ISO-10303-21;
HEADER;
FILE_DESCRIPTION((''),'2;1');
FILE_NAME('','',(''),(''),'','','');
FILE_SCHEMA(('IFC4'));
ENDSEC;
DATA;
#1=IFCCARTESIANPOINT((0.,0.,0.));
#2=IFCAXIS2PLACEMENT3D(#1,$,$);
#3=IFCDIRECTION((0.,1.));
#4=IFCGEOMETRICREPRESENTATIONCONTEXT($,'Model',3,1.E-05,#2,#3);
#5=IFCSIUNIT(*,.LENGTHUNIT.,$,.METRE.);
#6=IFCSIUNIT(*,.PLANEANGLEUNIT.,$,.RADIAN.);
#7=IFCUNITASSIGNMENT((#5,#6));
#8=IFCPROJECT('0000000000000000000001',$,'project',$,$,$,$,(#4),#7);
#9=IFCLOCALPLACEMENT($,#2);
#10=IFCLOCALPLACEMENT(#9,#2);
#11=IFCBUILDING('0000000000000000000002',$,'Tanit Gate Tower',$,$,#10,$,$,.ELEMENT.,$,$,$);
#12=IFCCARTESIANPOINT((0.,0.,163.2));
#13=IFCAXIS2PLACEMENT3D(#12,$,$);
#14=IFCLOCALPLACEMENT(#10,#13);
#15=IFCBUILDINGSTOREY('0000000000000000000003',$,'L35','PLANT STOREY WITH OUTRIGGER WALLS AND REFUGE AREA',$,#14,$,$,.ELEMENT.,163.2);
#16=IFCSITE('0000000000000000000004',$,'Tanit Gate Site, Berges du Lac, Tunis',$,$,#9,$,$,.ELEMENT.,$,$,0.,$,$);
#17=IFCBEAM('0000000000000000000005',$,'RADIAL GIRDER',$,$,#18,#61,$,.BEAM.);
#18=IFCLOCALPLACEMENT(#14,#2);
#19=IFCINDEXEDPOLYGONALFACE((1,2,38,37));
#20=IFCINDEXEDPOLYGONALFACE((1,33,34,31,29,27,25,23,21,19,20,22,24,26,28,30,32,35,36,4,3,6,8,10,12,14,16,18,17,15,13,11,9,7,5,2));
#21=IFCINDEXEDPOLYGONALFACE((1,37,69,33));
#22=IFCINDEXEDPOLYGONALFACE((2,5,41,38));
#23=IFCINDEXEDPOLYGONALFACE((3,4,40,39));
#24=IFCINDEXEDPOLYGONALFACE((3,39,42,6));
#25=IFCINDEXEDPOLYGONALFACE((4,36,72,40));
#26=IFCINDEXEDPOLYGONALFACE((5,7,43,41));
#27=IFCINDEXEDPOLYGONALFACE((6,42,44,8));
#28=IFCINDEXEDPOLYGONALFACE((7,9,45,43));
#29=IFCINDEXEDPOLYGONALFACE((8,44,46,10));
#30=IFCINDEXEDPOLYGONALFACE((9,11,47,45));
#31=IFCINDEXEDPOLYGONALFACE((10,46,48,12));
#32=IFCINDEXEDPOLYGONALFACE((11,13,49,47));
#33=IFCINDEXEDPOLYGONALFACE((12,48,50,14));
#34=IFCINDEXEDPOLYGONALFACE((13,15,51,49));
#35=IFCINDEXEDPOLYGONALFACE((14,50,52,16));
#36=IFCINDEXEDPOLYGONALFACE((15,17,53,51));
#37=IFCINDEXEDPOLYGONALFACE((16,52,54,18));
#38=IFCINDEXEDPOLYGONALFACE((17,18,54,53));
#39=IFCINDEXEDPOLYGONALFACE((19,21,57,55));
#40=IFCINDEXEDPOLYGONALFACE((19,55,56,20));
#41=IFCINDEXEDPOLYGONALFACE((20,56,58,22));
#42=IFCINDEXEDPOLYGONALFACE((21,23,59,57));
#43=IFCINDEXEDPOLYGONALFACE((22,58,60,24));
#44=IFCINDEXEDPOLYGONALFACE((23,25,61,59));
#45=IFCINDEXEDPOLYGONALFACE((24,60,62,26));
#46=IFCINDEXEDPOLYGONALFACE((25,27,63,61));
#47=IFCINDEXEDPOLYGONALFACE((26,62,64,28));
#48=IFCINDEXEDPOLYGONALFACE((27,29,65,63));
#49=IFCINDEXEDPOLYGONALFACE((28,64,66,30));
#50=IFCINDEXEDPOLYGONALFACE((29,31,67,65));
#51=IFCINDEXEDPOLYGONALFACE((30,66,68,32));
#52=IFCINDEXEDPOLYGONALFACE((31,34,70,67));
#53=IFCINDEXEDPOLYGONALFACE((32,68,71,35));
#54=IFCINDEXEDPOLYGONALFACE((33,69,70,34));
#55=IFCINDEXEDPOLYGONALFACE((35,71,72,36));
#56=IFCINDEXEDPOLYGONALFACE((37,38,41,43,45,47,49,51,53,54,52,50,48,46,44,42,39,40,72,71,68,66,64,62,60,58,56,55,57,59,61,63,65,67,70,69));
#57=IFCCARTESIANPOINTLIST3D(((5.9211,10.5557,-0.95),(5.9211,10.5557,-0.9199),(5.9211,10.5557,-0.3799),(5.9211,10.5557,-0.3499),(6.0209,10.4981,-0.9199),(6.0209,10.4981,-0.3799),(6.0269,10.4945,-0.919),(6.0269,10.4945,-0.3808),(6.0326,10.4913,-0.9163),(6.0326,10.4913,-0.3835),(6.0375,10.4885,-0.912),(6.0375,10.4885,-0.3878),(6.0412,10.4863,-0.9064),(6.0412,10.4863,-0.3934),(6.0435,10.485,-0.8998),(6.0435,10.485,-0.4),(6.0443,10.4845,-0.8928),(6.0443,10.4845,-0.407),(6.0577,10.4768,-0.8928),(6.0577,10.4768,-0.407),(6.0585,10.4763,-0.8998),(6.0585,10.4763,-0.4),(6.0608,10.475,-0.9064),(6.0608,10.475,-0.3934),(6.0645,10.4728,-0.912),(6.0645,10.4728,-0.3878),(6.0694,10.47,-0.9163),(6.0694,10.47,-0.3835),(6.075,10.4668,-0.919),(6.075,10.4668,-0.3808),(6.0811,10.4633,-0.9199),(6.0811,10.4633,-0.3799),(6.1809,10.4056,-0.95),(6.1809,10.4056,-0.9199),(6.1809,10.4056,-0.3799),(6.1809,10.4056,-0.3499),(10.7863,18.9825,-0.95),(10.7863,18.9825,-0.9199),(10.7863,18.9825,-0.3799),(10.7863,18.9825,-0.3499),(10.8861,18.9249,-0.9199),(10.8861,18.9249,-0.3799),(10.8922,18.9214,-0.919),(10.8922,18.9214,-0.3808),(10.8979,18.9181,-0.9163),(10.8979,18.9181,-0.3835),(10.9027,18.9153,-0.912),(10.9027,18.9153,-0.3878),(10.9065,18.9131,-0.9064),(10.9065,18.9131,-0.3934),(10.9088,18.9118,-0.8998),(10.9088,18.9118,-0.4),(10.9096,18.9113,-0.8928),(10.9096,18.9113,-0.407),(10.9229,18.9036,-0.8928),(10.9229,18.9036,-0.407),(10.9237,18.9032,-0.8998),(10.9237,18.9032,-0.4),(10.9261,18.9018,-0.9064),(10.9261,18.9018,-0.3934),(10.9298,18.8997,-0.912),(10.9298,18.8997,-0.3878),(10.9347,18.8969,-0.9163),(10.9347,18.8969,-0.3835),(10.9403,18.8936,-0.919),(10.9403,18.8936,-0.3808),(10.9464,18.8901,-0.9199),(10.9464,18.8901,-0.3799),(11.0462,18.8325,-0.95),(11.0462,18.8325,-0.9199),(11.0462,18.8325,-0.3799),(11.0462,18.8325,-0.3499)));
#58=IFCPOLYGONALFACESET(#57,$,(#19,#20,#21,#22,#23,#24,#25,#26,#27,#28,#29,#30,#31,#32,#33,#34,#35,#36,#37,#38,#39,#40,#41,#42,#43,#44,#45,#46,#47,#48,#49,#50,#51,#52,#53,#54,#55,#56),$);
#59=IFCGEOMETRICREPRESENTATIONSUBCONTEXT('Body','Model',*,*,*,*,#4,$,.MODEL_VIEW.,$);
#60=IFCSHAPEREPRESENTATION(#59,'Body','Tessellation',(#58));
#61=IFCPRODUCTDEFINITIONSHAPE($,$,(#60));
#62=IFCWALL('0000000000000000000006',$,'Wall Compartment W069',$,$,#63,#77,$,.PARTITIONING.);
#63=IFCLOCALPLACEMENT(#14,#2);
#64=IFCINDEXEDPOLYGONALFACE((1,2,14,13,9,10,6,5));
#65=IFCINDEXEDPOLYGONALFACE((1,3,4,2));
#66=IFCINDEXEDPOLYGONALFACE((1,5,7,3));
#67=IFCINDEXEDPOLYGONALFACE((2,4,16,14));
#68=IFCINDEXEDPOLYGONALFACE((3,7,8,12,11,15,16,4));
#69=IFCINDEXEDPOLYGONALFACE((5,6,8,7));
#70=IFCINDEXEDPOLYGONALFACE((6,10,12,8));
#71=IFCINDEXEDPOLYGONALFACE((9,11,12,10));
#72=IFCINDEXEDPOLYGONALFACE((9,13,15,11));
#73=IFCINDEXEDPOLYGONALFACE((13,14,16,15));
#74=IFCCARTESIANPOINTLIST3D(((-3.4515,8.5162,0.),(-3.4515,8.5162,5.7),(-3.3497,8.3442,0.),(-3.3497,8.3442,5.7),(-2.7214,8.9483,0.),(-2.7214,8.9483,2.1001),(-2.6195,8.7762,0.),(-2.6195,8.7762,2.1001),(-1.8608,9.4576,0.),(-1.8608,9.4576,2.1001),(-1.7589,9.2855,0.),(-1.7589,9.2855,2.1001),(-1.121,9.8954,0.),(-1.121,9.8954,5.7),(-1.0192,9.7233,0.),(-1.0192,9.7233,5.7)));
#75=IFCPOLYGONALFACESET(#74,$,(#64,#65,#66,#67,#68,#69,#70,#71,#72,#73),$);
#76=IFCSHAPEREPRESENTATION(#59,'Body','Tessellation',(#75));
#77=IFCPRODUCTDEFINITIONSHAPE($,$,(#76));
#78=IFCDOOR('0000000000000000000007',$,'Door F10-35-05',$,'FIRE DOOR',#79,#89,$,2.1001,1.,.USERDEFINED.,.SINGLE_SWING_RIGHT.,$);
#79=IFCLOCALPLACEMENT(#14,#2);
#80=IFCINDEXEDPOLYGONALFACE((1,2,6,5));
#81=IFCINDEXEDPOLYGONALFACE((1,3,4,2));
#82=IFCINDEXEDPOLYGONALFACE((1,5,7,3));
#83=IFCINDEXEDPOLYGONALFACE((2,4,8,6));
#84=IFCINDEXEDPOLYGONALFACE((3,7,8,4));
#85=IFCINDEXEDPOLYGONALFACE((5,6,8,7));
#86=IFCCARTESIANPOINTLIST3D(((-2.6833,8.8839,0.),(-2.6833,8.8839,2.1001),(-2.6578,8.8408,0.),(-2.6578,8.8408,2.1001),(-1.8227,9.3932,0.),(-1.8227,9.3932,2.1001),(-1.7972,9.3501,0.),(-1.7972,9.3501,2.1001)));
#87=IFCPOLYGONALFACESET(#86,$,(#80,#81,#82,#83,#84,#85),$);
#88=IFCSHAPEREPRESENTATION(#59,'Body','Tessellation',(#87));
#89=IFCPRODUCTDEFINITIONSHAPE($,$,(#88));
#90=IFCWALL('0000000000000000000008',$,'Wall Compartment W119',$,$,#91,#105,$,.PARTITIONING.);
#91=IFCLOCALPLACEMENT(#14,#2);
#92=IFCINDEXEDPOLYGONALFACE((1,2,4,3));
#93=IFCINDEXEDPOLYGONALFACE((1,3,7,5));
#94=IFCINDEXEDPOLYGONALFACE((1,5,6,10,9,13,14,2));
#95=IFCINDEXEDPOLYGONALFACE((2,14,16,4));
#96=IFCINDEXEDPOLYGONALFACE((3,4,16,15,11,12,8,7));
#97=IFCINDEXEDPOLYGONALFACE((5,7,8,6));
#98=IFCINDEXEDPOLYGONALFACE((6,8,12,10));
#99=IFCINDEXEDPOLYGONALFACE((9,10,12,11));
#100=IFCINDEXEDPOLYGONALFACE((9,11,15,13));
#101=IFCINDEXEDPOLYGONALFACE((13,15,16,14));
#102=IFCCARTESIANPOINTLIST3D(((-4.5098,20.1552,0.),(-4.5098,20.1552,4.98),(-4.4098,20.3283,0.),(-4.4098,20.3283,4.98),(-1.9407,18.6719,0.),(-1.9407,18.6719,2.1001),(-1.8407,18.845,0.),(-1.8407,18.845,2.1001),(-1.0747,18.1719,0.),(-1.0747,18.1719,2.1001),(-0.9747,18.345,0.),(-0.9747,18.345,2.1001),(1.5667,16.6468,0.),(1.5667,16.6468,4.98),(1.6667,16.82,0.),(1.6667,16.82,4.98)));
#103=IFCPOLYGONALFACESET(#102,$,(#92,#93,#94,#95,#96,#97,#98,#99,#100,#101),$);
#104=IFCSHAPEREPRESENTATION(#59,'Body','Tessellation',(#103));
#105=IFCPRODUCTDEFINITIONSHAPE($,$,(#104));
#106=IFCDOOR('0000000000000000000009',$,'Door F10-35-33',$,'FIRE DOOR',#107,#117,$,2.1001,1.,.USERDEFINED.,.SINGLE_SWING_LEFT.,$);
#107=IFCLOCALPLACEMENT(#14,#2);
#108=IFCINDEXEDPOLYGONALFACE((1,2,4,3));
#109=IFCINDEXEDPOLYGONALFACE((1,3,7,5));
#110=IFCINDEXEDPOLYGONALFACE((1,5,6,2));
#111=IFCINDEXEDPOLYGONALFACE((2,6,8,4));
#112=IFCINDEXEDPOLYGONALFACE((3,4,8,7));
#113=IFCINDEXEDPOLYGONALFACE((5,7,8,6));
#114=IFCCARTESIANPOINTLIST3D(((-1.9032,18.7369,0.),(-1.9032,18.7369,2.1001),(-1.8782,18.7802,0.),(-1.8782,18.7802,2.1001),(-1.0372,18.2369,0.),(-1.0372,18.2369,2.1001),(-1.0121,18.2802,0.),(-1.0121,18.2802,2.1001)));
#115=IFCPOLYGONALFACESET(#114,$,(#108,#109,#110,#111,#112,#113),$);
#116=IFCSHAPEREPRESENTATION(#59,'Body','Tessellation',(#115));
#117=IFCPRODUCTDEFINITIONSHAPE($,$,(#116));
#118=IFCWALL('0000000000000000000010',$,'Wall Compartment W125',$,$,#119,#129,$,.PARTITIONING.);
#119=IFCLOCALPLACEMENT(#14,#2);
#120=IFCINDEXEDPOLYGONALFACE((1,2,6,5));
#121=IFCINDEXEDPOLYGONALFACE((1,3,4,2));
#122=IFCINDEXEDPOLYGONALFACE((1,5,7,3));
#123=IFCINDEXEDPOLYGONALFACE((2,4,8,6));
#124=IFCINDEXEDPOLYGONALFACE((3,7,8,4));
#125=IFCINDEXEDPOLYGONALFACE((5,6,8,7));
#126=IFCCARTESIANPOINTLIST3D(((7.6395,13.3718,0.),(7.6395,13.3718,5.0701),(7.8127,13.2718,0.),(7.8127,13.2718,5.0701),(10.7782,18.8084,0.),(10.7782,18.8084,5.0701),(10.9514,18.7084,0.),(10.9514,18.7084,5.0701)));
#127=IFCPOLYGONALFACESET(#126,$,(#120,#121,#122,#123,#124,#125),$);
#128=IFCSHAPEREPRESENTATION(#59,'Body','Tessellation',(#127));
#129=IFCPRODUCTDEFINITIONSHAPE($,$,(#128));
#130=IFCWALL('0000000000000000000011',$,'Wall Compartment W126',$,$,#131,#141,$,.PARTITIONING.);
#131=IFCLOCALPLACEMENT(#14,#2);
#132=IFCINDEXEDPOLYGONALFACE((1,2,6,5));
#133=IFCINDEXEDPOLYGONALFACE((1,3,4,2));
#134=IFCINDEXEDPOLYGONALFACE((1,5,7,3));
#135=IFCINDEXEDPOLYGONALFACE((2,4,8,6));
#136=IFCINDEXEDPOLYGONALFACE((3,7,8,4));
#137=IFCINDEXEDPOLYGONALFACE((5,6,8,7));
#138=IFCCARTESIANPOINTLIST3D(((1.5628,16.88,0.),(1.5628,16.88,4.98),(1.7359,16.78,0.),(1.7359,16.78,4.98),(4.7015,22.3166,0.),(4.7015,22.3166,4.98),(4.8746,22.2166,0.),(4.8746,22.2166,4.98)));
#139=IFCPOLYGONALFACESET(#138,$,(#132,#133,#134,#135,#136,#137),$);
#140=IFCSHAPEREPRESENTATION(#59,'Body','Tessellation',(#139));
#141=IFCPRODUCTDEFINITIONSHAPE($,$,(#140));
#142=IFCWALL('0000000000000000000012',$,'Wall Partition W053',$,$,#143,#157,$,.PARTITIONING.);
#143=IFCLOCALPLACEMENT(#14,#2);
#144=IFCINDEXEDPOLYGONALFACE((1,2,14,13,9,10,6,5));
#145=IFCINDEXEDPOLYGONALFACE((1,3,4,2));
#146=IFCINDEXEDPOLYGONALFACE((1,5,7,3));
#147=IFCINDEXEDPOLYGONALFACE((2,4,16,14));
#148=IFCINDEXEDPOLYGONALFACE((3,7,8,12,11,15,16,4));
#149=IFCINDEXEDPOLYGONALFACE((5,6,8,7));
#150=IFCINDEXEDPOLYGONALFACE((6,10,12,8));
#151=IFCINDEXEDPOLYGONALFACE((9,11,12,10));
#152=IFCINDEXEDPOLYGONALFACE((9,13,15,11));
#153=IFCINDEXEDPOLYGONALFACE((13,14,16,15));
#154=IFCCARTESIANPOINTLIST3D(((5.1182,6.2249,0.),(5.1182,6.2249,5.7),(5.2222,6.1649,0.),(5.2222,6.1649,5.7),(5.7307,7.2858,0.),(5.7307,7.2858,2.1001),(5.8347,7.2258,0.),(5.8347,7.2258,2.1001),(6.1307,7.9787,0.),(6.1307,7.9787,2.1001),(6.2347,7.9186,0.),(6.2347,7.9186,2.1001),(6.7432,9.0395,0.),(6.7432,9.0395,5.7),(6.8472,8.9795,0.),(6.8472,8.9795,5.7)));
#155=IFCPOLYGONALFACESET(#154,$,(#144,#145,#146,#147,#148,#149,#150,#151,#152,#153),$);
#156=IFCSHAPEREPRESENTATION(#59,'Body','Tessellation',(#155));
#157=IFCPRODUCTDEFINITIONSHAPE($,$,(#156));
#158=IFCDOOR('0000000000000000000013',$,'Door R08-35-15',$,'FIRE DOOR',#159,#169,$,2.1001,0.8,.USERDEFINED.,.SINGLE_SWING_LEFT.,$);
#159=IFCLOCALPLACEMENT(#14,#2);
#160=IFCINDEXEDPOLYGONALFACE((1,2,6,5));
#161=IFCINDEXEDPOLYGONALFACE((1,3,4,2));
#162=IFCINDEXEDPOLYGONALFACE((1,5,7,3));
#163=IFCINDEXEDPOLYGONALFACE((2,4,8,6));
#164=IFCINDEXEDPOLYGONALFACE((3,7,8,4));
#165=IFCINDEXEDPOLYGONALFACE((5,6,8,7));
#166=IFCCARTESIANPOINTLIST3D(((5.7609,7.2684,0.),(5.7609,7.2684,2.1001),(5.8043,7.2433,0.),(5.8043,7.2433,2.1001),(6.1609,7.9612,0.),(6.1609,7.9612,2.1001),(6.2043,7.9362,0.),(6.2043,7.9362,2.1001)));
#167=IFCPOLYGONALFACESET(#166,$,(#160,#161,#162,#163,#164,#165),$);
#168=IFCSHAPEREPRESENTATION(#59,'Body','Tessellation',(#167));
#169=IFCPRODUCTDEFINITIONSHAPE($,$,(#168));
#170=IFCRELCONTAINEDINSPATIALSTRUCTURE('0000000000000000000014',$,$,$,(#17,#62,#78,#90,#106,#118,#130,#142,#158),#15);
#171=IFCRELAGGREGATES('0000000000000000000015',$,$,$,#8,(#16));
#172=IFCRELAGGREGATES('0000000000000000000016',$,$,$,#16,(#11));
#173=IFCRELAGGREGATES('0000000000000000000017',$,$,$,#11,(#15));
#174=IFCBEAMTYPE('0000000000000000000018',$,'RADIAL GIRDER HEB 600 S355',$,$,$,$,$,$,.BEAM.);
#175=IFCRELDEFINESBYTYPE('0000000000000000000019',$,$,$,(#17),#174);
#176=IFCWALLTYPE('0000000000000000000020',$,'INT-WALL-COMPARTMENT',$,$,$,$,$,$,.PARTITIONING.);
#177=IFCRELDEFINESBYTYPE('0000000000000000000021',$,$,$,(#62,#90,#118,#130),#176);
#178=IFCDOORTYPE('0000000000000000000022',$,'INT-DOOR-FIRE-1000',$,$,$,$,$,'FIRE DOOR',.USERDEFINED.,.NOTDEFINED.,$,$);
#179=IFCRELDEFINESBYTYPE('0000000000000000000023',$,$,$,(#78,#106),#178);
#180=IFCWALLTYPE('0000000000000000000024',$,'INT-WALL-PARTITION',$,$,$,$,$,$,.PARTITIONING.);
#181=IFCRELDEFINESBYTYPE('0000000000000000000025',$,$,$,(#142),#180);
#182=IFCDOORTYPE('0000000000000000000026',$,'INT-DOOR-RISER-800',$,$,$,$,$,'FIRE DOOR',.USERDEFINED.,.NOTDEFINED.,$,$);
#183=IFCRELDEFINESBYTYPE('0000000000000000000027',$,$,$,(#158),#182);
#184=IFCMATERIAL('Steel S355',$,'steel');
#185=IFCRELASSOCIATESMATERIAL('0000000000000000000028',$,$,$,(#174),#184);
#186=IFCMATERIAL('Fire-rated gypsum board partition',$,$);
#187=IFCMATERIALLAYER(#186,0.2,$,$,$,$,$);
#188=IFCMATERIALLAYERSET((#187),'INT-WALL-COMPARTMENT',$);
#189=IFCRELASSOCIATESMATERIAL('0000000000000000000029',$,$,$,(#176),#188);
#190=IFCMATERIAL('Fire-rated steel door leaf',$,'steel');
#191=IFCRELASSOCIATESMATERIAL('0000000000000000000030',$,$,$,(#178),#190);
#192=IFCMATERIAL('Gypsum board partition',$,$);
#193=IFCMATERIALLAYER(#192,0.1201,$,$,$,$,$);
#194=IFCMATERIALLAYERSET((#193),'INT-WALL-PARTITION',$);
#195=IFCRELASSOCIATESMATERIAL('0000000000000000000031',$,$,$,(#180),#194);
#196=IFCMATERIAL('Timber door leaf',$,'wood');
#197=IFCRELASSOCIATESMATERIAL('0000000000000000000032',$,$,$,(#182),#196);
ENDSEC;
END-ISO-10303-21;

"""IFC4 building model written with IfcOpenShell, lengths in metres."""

from ifc_helpers import new_model, si_unit, direction, frame, frame_2d, origin, origin_2d, place, context, subcontext, project, spatial, rectangle, i_section, extrude, material, layer, layer_set, material_profile, profile_set, type_object, element, fill, save


model = new_model("IFC4")

# Units and contexts
model_context = context("Model", 3, precision=1e-05, world=origin(), true_north=direction((0.0, 1.0)))
body_context = subcontext(model_context, "Body", "Model", "MODEL_VIEW")
ifc_project = project(units=[si_unit("LENGTHUNIT", "METRE"), si_unit("PLANEANGLEUNIT", "RADIAN")], contexts=[model_context])

# Site, building, storey
site_placement = place(None, origin())
site = spatial("IfcSite", under=ifc_project, at=site_placement, Name="Tanit Gate Site, Berges du Lac, Tunis", CompositionType="ELEMENT", RefElevation=0.0)
building_placement = place(site_placement, origin())
building = spatial("IfcBuilding", under=site, at=building_placement, Name="Tanit Gate Tower", CompositionType="ELEMENT")
storey_placement = place(building_placement, frame((0.0, 0.0, 163.2)))
storey = spatial("IfcBuildingStorey", under=building, at=storey_placement, Name="L35", Description="PLANT STOREY WITH OUTRIGGER WALLS AND REFUGE AREA", CompositionType="ELEMENT", Elevation=163.2)

# Beam
ifc_material_1 = material(Name="Steel S355", Category="steel")
ifc_material_profile_1 = material_profile(ifc_material_1, i_section(OverallWidth=0.3, OverallDepth=0.6001, WebThickness=0.0154, FlangeThickness=0.03, FilletRadius=0.0271, at=origin_2d()), Name="HEB 600")
ifc_profile_set_1 = profile_set([ifc_material_profile_1], Name="Steel S355")
beam_type_1 = type_object("IfcBeamType", Name="RADIAL GIRDER HEB 600 S355", PredefinedType="BEAM", material=ifc_profile_set_1)
beam_1_placement = place(storey_placement, frame((10.9163, 18.9075, -0.6499), z_axis=(-0.500003, -0.866023, 0.0), x_axis=(0.866023, -0.500003, 0.0)))
element("IfcBeam", 1, at=beam_1_placement, inside=storey, type_object=beam_type_1, Name="RADIAL GIRDER", PredefinedType="BEAM", context=body_context, shape_type="SweptSolid", body=[
    extrude(i_section(OverallWidth=0.3, OverallDepth=0.6001, WebThickness=0.0154, FlangeThickness=0.03, FilletRadius=0.0271, at=origin_2d()), origin(), (0.0, 0.0, 1.0), 9.7305),
])

# Walls, openings, doors
ifc_material_2 = material(Name="Fire-rated gypsum board partition")
ifc_layer_1 = layer(ifc_material_2, 0.2)
ifc_layer_set_1 = layer_set([ifc_layer_1], Name="INT-WALL-COMPARTMENT")
wall_type_1 = type_object("IfcWallType", Name="INT-WALL-COMPARTMENT", PredefinedType="PARTITIONING", material=ifc_layer_set_1)
wall_1_placement = place(storey_placement, frame((-1.0701, 9.8093, 0.0), z_axis=(0.0, 0.0, 1.0), x_axis=(-0.860603, -0.509276, 0.0)))
wall_1 = element("IfcWall", 2, at=wall_1_placement, inside=storey, type_object=wall_type_1, Name="Wall Compartment W069", PredefinedType="PARTITIONING", context=body_context, shape_type="SweptSolid", body=[
    extrude(rectangle(XDim=2.708, YDim=0.2, at=frame_2d((1.354, 0.0))), origin(), (0.0, 0.0, 1.0), 5.7),
])
opening_1_placement = place(wall_1_placement, frame((0.8596, 0.0, 0.0)))
opening_1 = element("IfcOpeningElement", 3, at=opening_1_placement, cuts=wall_1, PredefinedType="OPENING", context=body_context, shape_type="SweptSolid", body=[
    extrude(rectangle(XDim=1.0, YDim=2.1001, at=frame_2d((0.5, 1.05))), frame((0.0, 0.1099, 0.0), z_axis=(0.0, -1.0, 0.0), x_axis=(1.0, 0.0, 0.0)), (0.0, 0.0, 1.0), 0.22),
])
ifc_material_3 = material(Name="Fire-rated steel door leaf", Category="steel")
door_type_1 = type_object("IfcDoorType", Name="INT-DOOR-FIRE-1000", ElementType="FIRE DOOR", OperationType="NOTDEFINED", PredefinedType="USERDEFINED", material=ifc_material_3)
door_1_placement = place(opening_1_placement, origin())
door_1 = element("IfcDoor", 4, at=door_1_placement, inside=storey, type_object=door_type_1, Name="Door F10-35-05", ObjectType="FIRE DOOR", OperationType="SINGLE_SWING_RIGHT", OverallHeight=2.1001, OverallWidth=1.0, PredefinedType="USERDEFINED", context=body_context, shape_type="SweptSolid", body=[
    extrude(rectangle(XDim=1.0, YDim=2.1001, at=frame_2d((0.5, 1.05))), frame((0.0, 0.0249, 0.0), z_axis=(0.0, -1.0, 0.0), x_axis=(1.0, 0.0, 0.0)), (0.0, 0.0, 1.0), 0.05),
])
fill(opening_1, door_1)
wall_2_placement = place(storey_placement, frame((1.6167, 16.7334, 0.0), z_axis=(0.0, 0.0, 1.0), x_axis=(-0.86602, 0.500009, 0.0)))
wall_2 = element("IfcWall", 5, at=wall_2_placement, inside=storey, type_object=wall_type_1, Name="Wall Compartment W119", PredefinedType="PARTITIONING", context=body_context, shape_type="SweptSolid", body=[
    extrude(rectangle(XDim=7.0166, YDim=0.2, at=frame_2d((3.5083, 0.0))), origin(), (0.0, 0.0, 1.0), 4.98),
])
opening_2_placement = place(wall_2_placement, frame((3.05, 0.0, 0.0)))
opening_2 = element("IfcOpeningElement", 6, at=opening_2_placement, cuts=wall_2, PredefinedType="OPENING", context=body_context, shape_type="SweptSolid", body=[
    extrude(rectangle(XDim=1.0, YDim=2.1001, at=frame_2d((0.5, 1.05))), frame((0.0, 0.1099, 0.0), z_axis=(0.0, -1.0, 0.0), x_axis=(1.0, 0.0, 0.0)), (0.0, 0.0, 1.0), 0.22),
])
door_2_placement = place(opening_2_placement, origin())
door_2 = element("IfcDoor", 7, at=door_2_placement, inside=storey, type_object=door_type_1, Name="Door F10-35-33", ObjectType="FIRE DOOR", OperationType="SINGLE_SWING_LEFT", OverallHeight=2.1001, OverallWidth=1.0, PredefinedType="USERDEFINED", context=body_context, shape_type="SweptSolid", body=[
    extrude(rectangle(XDim=1.0, YDim=2.1001, at=frame_2d((0.5, 1.05))), frame((0.0, 0.0249, 0.0), z_axis=(0.0, -1.0, 0.0), x_axis=(1.0, 0.0, 0.0)), (0.0, 0.0, 1.0), 0.05),
])
fill(opening_2, door_2)

# Walls
wall_3_placement = place(storey_placement, frame((10.8647, 18.7583, 0.0), z_axis=(0.0, 0.0, 1.0), x_axis=(-0.499987, -0.866033, 0.0)))
element("IfcWall", 8, at=wall_3_placement, inside=storey, type_object=wall_type_1, Name="Wall Compartment W125", PredefinedType="PARTITIONING", context=body_context, shape_type="SweptSolid", body=[
    extrude(rectangle(XDim=6.2776, YDim=0.2, at=frame_2d((3.1387, 0.0))), origin(), (0.0, 0.0, 1.0), 5.0701),
])
wall_4_placement = place(storey_placement, frame((1.6494, 16.8301, 0.0), z_axis=(0.0, 0.0, 1.0), x_axis=(0.499987, 0.866033, 0.0)))
element("IfcWall", 9, at=wall_4_placement, inside=storey, type_object=wall_type_1, Name="Wall Compartment W126", PredefinedType="PARTITIONING", context=body_context, shape_type="SweptSolid", body=[
    extrude(rectangle(XDim=6.2776, YDim=0.2, at=frame_2d((3.1387, 0.0))), origin(), (0.0, 0.0, 1.0), 4.98),
])

# Wall, opening, door
ifc_material_4 = material(Name="Gypsum board partition")
ifc_layer_2 = layer(ifc_material_4, 0.1201)
ifc_layer_set_2 = layer_set([ifc_layer_2], Name="INT-WALL-PARTITION")
wall_type_2 = type_object("IfcWallType", Name="INT-WALL-PARTITION", PredefinedType="PARTITIONING", material=ifc_layer_set_2)
wall_5_placement = place(storey_placement, frame((6.7952, 9.0095, 0.0), z_axis=(0.0, 0.0, 1.0), x_axis=(-0.499985, -0.866034, 0.0)))
wall_5 = element("IfcWall", 10, at=wall_5_placement, inside=storey, type_object=wall_type_2, Name="Wall Partition W053", PredefinedType="PARTITIONING", context=body_context, shape_type="SweptSolid", body=[
    extrude(rectangle(XDim=3.25, YDim=0.1201, at=frame_2d((1.625, 0.0))), origin(), (0.0, 0.0, 1.0), 5.7),
])
opening_3_placement = place(wall_5_placement, frame((1.2251, 0.0, 0.0)))
opening_3 = element("IfcOpeningElement", 11, at=opening_3_placement, cuts=wall_5, PredefinedType="OPENING", context=body_context, shape_type="SweptSolid", body=[
    extrude(rectangle(XDim=0.8, YDim=2.1001, at=frame_2d((0.3999, 1.05))), frame((0.0, 0.0701, 0.0), z_axis=(0.0, -1.0, 0.0), x_axis=(1.0, 0.0, 0.0)), (0.0, 0.0, 1.0), 0.1401),
])
ifc_material_5 = material(Name="Timber door leaf", Category="wood")
door_type_2 = type_object("IfcDoorType", Name="INT-DOOR-RISER-800", ElementType="FIRE DOOR", OperationType="NOTDEFINED", PredefinedType="USERDEFINED", material=ifc_material_5)
door_3_placement = place(opening_3_placement, origin())
door_3 = element("IfcDoor", 12, at=door_3_placement, inside=storey, type_object=door_type_2, Name="Door R08-35-15", ObjectType="FIRE DOOR", OperationType="SINGLE_SWING_LEFT", OverallHeight=2.1001, OverallWidth=0.8, PredefinedType="USERDEFINED", context=body_context, shape_type="SweptSolid", body=[
    extrude(rectangle(XDim=0.8, YDim=2.1001, at=frame_2d((0.3999, 1.05))), frame((0.0, 0.0249, 0.0), z_axis=(0.0, -1.0, 0.0), x_axis=(1.0, 0.0, 0.0)), (0.0, 0.0, 1.0), 0.05),
])
fill(opening_3, door_3)

save(model, "model.ifc")
